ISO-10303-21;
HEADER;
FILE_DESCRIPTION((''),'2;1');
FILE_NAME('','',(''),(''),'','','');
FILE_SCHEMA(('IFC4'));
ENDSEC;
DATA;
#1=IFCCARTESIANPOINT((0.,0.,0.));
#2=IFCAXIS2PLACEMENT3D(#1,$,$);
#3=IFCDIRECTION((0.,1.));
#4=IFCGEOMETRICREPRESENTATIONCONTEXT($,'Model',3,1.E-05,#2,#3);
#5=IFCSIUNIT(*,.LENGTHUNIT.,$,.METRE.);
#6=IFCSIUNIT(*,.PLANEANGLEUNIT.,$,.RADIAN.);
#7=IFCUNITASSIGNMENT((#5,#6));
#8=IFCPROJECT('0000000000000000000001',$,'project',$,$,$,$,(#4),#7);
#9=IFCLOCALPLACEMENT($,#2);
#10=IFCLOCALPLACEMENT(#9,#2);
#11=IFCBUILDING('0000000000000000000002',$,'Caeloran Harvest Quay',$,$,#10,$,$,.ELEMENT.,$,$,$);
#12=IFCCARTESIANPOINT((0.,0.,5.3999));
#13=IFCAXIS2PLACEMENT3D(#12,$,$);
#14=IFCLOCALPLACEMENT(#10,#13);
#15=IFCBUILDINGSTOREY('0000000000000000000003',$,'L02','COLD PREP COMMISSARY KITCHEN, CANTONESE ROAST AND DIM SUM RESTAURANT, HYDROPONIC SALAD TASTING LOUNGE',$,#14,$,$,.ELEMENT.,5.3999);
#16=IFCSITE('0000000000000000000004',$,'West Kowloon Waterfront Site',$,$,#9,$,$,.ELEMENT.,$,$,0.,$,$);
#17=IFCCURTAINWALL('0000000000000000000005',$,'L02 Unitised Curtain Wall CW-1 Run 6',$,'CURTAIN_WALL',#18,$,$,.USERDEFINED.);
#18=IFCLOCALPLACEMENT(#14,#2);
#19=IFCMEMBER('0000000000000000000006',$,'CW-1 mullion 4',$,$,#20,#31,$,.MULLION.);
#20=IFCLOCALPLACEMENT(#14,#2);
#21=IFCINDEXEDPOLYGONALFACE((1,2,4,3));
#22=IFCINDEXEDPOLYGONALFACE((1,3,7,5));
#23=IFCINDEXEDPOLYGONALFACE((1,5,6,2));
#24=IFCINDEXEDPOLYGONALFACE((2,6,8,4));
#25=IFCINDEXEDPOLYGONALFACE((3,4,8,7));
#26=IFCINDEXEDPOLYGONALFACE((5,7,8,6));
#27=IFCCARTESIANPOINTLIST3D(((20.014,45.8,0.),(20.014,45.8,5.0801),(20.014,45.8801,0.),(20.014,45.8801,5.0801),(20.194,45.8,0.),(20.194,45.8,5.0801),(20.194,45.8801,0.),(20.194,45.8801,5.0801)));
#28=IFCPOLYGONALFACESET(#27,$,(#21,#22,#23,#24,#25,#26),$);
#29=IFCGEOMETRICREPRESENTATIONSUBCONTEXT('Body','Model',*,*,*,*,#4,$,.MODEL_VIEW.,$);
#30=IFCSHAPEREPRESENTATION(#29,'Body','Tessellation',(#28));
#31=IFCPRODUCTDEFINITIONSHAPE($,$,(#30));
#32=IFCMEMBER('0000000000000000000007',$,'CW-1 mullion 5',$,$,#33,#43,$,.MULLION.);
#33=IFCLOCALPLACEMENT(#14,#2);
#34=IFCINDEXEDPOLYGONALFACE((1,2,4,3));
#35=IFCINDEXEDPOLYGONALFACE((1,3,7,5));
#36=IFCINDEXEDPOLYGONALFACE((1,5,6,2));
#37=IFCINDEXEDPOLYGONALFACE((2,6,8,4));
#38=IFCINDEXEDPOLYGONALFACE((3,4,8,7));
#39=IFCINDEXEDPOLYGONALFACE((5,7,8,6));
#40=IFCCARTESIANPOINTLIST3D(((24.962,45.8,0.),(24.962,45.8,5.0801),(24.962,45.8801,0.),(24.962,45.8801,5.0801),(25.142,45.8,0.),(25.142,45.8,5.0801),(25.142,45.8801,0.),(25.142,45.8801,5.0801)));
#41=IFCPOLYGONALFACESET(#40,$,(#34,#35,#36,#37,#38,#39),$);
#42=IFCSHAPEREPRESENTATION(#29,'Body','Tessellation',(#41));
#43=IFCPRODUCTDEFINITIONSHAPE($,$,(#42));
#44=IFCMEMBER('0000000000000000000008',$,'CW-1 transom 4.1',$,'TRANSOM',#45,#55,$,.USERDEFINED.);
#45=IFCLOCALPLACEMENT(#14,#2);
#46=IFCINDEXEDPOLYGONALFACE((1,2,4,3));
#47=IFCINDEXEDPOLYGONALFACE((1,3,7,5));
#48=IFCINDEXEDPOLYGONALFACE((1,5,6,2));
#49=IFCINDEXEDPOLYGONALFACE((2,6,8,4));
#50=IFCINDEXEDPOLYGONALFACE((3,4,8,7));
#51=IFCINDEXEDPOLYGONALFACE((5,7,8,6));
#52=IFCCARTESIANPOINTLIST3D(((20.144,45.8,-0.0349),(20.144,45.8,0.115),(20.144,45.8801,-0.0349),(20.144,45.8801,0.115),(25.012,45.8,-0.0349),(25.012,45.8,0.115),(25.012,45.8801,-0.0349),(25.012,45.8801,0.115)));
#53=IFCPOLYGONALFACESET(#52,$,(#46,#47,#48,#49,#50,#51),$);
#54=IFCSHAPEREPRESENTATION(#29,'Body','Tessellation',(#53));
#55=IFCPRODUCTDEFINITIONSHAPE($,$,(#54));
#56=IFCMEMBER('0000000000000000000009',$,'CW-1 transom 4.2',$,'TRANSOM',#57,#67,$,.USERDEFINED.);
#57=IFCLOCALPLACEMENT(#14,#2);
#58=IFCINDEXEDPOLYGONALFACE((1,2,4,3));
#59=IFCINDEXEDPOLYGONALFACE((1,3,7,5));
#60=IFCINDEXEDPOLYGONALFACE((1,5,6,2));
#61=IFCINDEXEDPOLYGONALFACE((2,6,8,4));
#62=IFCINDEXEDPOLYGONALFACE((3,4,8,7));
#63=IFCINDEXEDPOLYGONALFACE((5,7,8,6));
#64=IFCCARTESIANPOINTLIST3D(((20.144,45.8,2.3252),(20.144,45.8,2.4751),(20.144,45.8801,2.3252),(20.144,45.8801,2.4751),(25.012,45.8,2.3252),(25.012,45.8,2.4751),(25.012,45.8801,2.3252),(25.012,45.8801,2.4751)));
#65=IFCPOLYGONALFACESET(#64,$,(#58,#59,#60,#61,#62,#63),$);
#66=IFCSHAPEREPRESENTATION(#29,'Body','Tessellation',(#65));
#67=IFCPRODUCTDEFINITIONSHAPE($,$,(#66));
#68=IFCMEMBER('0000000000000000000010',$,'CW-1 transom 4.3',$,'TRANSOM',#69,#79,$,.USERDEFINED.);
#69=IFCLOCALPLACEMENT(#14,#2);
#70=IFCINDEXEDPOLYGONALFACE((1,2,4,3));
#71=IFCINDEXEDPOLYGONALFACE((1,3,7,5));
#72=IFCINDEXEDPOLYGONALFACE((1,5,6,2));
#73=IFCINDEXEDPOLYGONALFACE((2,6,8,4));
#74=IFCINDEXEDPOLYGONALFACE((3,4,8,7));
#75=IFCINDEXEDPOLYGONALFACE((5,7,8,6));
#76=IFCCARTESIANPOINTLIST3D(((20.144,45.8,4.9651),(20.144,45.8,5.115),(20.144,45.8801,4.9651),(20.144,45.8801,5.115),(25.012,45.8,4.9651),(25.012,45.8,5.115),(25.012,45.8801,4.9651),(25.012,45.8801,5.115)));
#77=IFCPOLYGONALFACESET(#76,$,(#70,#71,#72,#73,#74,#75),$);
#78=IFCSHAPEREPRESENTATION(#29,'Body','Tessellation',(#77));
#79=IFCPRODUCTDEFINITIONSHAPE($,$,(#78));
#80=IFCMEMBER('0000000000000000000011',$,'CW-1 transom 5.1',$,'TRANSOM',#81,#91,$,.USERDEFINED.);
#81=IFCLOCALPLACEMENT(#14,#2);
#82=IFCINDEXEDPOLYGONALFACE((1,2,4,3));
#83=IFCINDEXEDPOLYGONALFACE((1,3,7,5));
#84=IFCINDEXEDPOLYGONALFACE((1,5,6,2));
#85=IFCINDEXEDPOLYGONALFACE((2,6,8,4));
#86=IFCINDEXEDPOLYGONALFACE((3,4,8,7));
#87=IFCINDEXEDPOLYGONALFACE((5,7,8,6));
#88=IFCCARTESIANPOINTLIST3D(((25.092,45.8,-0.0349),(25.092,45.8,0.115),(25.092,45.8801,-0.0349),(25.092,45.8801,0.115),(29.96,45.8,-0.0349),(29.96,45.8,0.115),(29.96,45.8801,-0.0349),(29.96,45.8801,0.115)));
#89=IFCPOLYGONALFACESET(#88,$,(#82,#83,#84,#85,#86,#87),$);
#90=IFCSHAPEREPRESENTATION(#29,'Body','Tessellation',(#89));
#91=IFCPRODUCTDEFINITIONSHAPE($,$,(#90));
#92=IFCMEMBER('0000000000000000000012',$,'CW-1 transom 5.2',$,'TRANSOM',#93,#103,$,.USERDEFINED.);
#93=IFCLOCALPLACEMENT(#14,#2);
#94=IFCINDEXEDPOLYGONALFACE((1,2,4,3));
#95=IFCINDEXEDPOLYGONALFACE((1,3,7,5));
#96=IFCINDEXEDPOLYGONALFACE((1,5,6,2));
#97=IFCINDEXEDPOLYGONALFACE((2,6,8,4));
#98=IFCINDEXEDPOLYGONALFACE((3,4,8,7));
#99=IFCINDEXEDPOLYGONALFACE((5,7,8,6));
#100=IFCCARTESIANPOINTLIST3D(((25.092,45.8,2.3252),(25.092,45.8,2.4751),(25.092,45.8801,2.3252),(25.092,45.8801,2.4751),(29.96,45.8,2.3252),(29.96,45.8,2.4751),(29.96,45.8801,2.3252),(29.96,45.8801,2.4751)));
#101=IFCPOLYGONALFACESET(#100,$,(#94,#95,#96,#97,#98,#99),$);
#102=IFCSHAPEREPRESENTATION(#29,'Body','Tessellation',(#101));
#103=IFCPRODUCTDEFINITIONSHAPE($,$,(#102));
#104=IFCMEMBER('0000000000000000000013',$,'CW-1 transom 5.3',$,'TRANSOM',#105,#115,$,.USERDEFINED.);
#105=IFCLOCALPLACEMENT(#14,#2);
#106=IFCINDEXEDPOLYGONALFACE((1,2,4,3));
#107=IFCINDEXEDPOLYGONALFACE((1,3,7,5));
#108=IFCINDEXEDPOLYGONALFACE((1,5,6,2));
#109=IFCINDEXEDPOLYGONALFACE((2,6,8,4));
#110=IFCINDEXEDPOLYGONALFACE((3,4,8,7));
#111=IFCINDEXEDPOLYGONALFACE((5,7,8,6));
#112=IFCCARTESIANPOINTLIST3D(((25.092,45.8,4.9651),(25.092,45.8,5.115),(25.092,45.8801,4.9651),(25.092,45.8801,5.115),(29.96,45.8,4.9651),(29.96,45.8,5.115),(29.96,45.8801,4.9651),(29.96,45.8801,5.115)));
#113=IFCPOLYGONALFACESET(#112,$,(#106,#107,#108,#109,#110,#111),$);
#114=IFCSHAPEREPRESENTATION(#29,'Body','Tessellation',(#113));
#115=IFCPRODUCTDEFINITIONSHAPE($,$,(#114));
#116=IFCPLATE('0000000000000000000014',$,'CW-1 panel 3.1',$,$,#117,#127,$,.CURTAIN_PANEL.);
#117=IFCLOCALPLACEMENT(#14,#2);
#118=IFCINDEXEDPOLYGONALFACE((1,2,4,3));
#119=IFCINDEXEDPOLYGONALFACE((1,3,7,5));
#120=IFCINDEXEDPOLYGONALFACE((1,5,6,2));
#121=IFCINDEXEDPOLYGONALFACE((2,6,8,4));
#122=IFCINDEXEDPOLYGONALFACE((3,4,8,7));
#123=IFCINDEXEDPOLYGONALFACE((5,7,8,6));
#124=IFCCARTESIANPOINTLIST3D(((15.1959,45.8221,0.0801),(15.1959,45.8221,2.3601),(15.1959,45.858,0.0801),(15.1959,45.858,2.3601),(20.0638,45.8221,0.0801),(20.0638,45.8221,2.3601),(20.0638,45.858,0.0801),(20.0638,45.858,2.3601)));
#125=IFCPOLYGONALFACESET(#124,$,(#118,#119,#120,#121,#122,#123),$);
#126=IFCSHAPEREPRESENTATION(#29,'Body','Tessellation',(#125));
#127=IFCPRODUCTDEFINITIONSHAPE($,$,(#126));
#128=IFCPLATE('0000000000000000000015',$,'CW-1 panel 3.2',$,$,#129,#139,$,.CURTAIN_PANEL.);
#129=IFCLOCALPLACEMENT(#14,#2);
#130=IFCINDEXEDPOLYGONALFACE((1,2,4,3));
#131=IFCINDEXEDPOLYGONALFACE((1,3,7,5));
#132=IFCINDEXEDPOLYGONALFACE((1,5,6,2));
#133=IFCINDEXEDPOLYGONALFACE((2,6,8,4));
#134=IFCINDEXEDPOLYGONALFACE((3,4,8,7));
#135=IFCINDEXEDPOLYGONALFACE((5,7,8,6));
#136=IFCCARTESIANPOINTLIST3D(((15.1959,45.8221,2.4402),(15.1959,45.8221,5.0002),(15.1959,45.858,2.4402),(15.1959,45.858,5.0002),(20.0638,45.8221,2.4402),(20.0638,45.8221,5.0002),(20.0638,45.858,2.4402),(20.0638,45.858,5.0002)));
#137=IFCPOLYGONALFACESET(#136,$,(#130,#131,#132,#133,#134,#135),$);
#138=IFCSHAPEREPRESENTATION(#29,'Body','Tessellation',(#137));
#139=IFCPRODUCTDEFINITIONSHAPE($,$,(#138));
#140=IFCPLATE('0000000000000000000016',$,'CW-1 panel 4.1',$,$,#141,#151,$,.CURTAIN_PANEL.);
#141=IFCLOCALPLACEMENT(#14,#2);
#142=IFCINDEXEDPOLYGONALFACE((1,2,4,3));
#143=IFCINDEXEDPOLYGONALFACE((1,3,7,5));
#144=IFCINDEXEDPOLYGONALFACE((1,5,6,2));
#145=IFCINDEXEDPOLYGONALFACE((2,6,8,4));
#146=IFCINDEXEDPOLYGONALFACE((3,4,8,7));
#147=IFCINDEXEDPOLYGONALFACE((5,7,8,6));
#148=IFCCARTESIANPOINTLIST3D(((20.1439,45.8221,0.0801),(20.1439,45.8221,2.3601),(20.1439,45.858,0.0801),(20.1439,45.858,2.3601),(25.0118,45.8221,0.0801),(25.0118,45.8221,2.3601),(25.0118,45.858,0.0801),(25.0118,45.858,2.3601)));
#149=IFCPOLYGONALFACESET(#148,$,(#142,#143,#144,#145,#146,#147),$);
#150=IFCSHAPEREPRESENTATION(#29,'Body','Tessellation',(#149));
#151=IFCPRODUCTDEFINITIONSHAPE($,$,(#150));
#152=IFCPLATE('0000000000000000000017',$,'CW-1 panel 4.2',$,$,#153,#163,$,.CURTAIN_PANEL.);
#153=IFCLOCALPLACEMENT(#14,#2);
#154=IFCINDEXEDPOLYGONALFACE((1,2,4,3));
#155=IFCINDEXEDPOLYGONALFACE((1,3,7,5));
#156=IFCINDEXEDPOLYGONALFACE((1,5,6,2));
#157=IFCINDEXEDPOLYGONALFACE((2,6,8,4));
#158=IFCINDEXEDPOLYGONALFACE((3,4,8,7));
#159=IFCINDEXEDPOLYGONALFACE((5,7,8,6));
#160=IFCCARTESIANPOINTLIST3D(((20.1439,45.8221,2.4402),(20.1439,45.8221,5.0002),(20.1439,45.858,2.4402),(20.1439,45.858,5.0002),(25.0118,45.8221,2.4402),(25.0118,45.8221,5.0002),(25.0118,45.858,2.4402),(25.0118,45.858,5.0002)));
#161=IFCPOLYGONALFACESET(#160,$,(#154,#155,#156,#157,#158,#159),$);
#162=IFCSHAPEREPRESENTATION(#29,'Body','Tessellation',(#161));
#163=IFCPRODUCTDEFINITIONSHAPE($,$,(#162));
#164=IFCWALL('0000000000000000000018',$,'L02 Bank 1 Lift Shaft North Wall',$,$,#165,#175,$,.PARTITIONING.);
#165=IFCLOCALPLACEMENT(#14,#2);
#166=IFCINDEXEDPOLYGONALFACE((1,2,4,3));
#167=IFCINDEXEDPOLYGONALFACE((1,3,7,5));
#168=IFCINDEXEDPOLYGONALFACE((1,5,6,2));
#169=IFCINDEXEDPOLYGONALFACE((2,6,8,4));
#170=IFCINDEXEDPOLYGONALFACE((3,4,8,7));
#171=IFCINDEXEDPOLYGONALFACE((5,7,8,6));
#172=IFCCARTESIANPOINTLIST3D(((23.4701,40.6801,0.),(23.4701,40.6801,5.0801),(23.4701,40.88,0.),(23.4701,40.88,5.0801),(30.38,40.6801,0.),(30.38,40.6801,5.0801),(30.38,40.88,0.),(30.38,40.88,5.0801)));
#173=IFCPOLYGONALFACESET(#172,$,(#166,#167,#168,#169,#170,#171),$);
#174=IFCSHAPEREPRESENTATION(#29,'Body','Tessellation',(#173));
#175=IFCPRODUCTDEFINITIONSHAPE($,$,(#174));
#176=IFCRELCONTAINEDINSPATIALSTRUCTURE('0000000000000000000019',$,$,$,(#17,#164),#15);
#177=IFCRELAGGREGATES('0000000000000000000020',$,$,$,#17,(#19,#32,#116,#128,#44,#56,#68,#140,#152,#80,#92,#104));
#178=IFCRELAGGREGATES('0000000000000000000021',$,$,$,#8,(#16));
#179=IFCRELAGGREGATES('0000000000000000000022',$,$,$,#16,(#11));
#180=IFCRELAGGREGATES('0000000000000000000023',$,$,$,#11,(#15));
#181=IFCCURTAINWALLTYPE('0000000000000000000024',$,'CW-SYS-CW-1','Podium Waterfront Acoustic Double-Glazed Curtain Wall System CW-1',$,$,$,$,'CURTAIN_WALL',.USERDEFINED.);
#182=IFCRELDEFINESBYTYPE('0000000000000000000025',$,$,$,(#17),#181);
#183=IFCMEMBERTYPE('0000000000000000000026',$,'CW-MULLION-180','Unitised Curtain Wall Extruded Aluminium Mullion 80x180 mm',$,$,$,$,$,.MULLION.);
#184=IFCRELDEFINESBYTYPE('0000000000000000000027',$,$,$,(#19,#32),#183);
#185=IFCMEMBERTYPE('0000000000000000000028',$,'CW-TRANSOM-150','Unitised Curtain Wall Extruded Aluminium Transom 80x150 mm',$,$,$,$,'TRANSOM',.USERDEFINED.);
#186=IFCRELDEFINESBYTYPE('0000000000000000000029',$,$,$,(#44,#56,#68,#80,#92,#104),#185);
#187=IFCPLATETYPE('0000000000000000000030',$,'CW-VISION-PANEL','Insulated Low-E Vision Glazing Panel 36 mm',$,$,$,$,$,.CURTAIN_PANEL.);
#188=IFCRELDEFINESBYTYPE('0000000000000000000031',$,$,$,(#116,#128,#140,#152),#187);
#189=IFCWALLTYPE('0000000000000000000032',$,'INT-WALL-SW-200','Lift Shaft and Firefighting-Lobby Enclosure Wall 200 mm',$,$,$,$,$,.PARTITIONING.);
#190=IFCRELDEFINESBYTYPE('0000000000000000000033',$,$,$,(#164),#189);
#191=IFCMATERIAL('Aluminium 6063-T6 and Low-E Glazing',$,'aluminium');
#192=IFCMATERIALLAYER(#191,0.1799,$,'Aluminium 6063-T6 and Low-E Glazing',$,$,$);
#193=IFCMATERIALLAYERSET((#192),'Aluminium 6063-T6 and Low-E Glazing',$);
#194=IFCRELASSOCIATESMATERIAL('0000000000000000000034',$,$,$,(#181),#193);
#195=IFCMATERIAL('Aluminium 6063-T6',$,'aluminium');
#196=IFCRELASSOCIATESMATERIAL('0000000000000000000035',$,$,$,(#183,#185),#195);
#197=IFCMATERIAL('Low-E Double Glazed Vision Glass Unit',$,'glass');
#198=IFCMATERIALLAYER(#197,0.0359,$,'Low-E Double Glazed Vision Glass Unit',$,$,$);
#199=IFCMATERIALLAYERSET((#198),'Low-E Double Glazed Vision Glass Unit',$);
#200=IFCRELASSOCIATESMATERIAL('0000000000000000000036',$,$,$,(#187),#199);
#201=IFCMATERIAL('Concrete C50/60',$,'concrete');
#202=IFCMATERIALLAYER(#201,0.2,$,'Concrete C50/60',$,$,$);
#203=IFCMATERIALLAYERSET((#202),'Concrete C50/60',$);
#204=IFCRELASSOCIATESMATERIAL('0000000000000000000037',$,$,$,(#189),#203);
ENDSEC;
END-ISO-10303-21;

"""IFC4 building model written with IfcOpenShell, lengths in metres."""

from ifc_helpers import new_model, si_unit, direction, frame, frame_2d, origin, origin_2d, place, context, subcontext, project, spatial, rectangle, extrude, material, layer, layer_set, material_profile, profile_set, type_object, element, aggregate, save


model = new_model("IFC4")

# Units and contexts
model_context = context("Model", 3, precision=1e-05, world=origin(), true_north=direction((0.0, 1.0)))
body_context = subcontext(model_context, "Body", "Model", "MODEL_VIEW")
ifc_project = project(units=[si_unit("LENGTHUNIT", "METRE"), si_unit("PLANEANGLEUNIT", "RADIAN")], contexts=[model_context])

# Site, building, storey
site_placement = place(None, origin())
site = spatial("IfcSite", under=ifc_project, at=site_placement, Name="West Kowloon Waterfront Site", CompositionType="ELEMENT", RefElevation=0.0)
building_placement = place(site_placement, origin())
building = spatial("IfcBuilding", under=site, at=building_placement, Name="Caeloran Harvest Quay", CompositionType="ELEMENT")
storey_placement = place(building_placement, frame((0.0, 0.0, 5.3999)))
storey = spatial("IfcBuildingStorey", under=building, at=storey_placement, Name="L02", Description="COLD PREP COMMISSARY KITCHEN, CANTONESE ROAST AND DIM SUM RESTAURANT, HYDROPONIC SALAD TASTING LOUNGE", CompositionType="ELEMENT", Elevation=5.3999)

# Curtain wall, members, plates
ifc_material_1 = material(Name="Aluminium 6063-T6 and Low-E Glazing", Category="aluminium")
ifc_layer_1 = layer(ifc_material_1, 0.1799, Name="Aluminium 6063-T6 and Low-E Glazing")
ifc_layer_set_1 = layer_set([ifc_layer_1], Name="Aluminium 6063-T6 and Low-E Glazing")
curtain_wall_type = type_object("IfcCurtainWallType", Name="CW-SYS-CW-1", Description="Podium Waterfront Acoustic Double-Glazed Curtain Wall System CW-1", ElementType="CURTAIN_WALL", PredefinedType="USERDEFINED", material=ifc_layer_set_1)
curtain_wall_placement = place(storey_placement, origin())
curtain_wall = element("IfcCurtainWall", 1, at=curtain_wall_placement, inside=storey, type_object=curtain_wall_type, Name="L02 Unitised Curtain Wall CW-1 Run 6", ObjectType="CURTAIN_WALL", PredefinedType="USERDEFINED")
ifc_material_2 = material(Name="Aluminium 6063-T6", Category="aluminium")
ifc_material_profile_1 = material_profile(ifc_material_2, rectangle(XDim=0.0801, YDim=0.1799, at=origin_2d()), Name="CW-MULLION-180")
ifc_profile_set_1 = profile_set([ifc_material_profile_1], Name="Aluminium 6063-T6")
member_type_1 = type_object("IfcMemberType", Name="CW-MULLION-180", Description="Unitised Curtain Wall Extruded Aluminium Mullion 80x180 mm", PredefinedType="MULLION", material=ifc_profile_set_1)
member_1_placement = place(storey_placement, frame((20.104, 45.8401, 0.0), z_axis=(0.0, 0.0, 1.0), x_axis=(0.0, 1.0, 0.0)))
member_1 = element("IfcMember", 2, at=member_1_placement, type_object=member_type_1, Name="CW-1 mullion 4", PredefinedType="MULLION", context=body_context, shape_type="SweptSolid", body=[
    extrude(rectangle(XDim=0.0801, YDim=0.1799, at=origin_2d()), origin(), (0.0, 0.0, 1.0), 5.0801),
])
member_2_placement = place(storey_placement, frame((25.052, 45.8401, 0.0), z_axis=(0.0, 0.0, 1.0), x_axis=(0.0, 1.0, 0.0)))
member_2 = element("IfcMember", 3, at=member_2_placement, type_object=member_type_1, Name="CW-1 mullion 5", PredefinedType="MULLION", context=body_context, shape_type="SweptSolid", body=[
    extrude(rectangle(XDim=0.0801, YDim=0.1799, at=origin_2d()), origin(), (0.0, 0.0, 1.0), 5.0801),
])
ifc_material_profile_2 = material_profile(ifc_material_2, rectangle(XDim=0.0801, YDim=0.1499, at=origin_2d()), Name="CW-TRANSOM-150")
ifc_profile_set_2 = profile_set([ifc_material_profile_2], Name="Aluminium 6063-T6")
member_type_2 = type_object("IfcMemberType", Name="CW-TRANSOM-150", Description="Unitised Curtain Wall Extruded Aluminium Transom 80x150 mm", ElementType="TRANSOM", PredefinedType="USERDEFINED", material=ifc_profile_set_2)
member_3_placement = place(storey_placement, frame((20.144, 45.8401, 0.04), z_axis=(1.0, 0.0, 0.0), x_axis=(0.0, 1.0, 0.0)))
member_3 = element("IfcMember", 4, at=member_3_placement, type_object=member_type_2, Name="CW-1 transom 4.1", ObjectType="TRANSOM", PredefinedType="USERDEFINED", context=body_context, shape_type="SweptSolid", body=[
    extrude(rectangle(XDim=0.0801, YDim=0.1499, at=origin_2d()), origin(), (0.0, 0.0, 1.0), 4.8679),
])
member_4_placement = place(storey_placement, frame((20.144, 45.8401, 2.4001), z_axis=(1.0, 0.0, 0.0), x_axis=(0.0, 1.0, 0.0)))
member_4 = element("IfcMember", 5, at=member_4_placement, type_object=member_type_2, Name="CW-1 transom 4.2", ObjectType="TRANSOM", PredefinedType="USERDEFINED", context=body_context, shape_type="SweptSolid", body=[
    extrude(rectangle(XDim=0.0801, YDim=0.1499, at=origin_2d()), origin(), (0.0, 0.0, 1.0), 4.8679),
])
member_5_placement = place(storey_placement, frame((20.144, 45.8401, 5.04), z_axis=(1.0, 0.0, 0.0), x_axis=(0.0, 1.0, 0.0)))
member_5 = element("IfcMember", 6, at=member_5_placement, type_object=member_type_2, Name="CW-1 transom 4.3", ObjectType="TRANSOM", PredefinedType="USERDEFINED", context=body_context, shape_type="SweptSolid", body=[
    extrude(rectangle(XDim=0.0801, YDim=0.1499, at=origin_2d()), origin(), (0.0, 0.0, 1.0), 4.8679),
])
member_6_placement = place(storey_placement, frame((25.092, 45.8401, 0.04), z_axis=(1.0, 0.0, 0.0), x_axis=(0.0, 1.0, 0.0)))
member_6 = element("IfcMember", 7, at=member_6_placement, type_object=member_type_2, Name="CW-1 transom 5.1", ObjectType="TRANSOM", PredefinedType="USERDEFINED", context=body_context, shape_type="SweptSolid", body=[
    extrude(rectangle(XDim=0.0801, YDim=0.1499, at=origin_2d()), origin(), (0.0, 0.0, 1.0), 4.8679),
])
member_7_placement = place(storey_placement, frame((25.092, 45.8401, 2.4001), z_axis=(1.0, 0.0, 0.0), x_axis=(0.0, 1.0, 0.0)))
member_7 = element("IfcMember", 8, at=member_7_placement, type_object=member_type_2, Name="CW-1 transom 5.2", ObjectType="TRANSOM", PredefinedType="USERDEFINED", context=body_context, shape_type="SweptSolid", body=[
    extrude(rectangle(XDim=0.0801, YDim=0.1499, at=origin_2d()), origin(), (0.0, 0.0, 1.0), 4.8679),
])
member_8_placement = place(storey_placement, frame((25.092, 45.8401, 5.04), z_axis=(1.0, 0.0, 0.0), x_axis=(0.0, 1.0, 0.0)))
member_8 = element("IfcMember", 9, at=member_8_placement, type_object=member_type_2, Name="CW-1 transom 5.3", ObjectType="TRANSOM", PredefinedType="USERDEFINED", context=body_context, shape_type="SweptSolid", body=[
    extrude(rectangle(XDim=0.0801, YDim=0.1499, at=origin_2d()), origin(), (0.0, 0.0, 1.0), 4.8679),
])
ifc_material_3 = material(Name="Low-E Double Glazed Vision Glass Unit", Category="glass")
ifc_layer_2 = layer(ifc_material_3, 0.0359, Name="Low-E Double Glazed Vision Glass Unit")
ifc_layer_set_2 = layer_set([ifc_layer_2], Name="Low-E Double Glazed Vision Glass Unit")
plate_type = type_object("IfcPlateType", Name="CW-VISION-PANEL", Description="Insulated Low-E Vision Glazing Panel 36 mm", PredefinedType="CURTAIN_PANEL", material=ifc_layer_set_2)
plate_1_placement = place(storey_placement, frame((17.6299, 45.8401, 0.0801), z_axis=(0.0, 0.0, 1.0), x_axis=(1.0, 0.0, 0.0)))
plate_1 = element("IfcPlate", 10, at=plate_1_placement, type_object=plate_type, Name="CW-1 panel 3.1", PredefinedType="CURTAIN_PANEL", context=body_context, shape_type="SweptSolid", body=[
    extrude(rectangle(XDim=4.8679, YDim=0.0359, at=origin_2d()), origin(), (0.0, 0.0, 1.0), 2.28),
])
plate_2_placement = place(storey_placement, frame((17.6299, 45.8401, 2.4402), z_axis=(0.0, 0.0, 1.0), x_axis=(1.0, 0.0, 0.0)))
plate_2 = element("IfcPlate", 11, at=plate_2_placement, type_object=plate_type, Name="CW-1 panel 3.2", PredefinedType="CURTAIN_PANEL", context=body_context, shape_type="SweptSolid", body=[
    extrude(rectangle(XDim=4.8679, YDim=0.0359, at=origin_2d()), origin(), (0.0, 0.0, 1.0), 2.5601),
])
plate_3_placement = place(storey_placement, frame((22.5779, 45.8401, 0.0801), z_axis=(0.0, 0.0, 1.0), x_axis=(1.0, 0.0, 0.0)))
plate_3 = element("IfcPlate", 12, at=plate_3_placement, type_object=plate_type, Name="CW-1 panel 4.1", PredefinedType="CURTAIN_PANEL", context=body_context, shape_type="SweptSolid", body=[
    extrude(rectangle(XDim=4.8679, YDim=0.0359, at=origin_2d()), origin(), (0.0, 0.0, 1.0), 2.28),
])
plate_4_placement = place(storey_placement, frame((22.5779, 45.8401, 2.4402), z_axis=(0.0, 0.0, 1.0), x_axis=(1.0, 0.0, 0.0)))
plate_4 = element("IfcPlate", 13, at=plate_4_placement, type_object=plate_type, Name="CW-1 panel 4.2", PredefinedType="CURTAIN_PANEL", context=body_context, shape_type="SweptSolid", body=[
    extrude(rectangle(XDim=4.8679, YDim=0.0359, at=origin_2d()), origin(), (0.0, 0.0, 1.0), 2.5601),
])
aggregate(curtain_wall, [member_1, member_2, plate_1, plate_2, member_3, member_4, member_5, plate_3, plate_4, member_6, member_7, member_8])

# Wall
ifc_material_4 = material(Name="Concrete C50/60", Category="concrete")
ifc_layer_3 = layer(ifc_material_4, 0.2, Name="Concrete C50/60")
ifc_layer_set_3 = layer_set([ifc_layer_3], Name="Concrete C50/60")
wall_type = type_object("IfcWallType", Name="INT-WALL-SW-200", Description="Lift Shaft and Firefighting-Lobby Enclosure Wall 200 mm", PredefinedType="PARTITIONING", material=ifc_layer_set_3)
wall_placement = place(storey_placement, frame((23.47, 40.78, 0.0), z_axis=(0.0, 0.0, 1.0), x_axis=(1.0, 0.0, 0.0)))
element("IfcWall", 14, at=wall_placement, inside=storey, type_object=wall_type, Name="L02 Bank 1 Lift Shaft North Wall", PredefinedType="PARTITIONING", context=body_context, shape_type="SweptSolid", body=[
    extrude(rectangle(XDim=6.9099, YDim=0.2, at=frame_2d((3.4551, 0.0))), origin(), (0.0, 0.0, 1.0), 5.0801),
])

save(model, "model.ifc")
